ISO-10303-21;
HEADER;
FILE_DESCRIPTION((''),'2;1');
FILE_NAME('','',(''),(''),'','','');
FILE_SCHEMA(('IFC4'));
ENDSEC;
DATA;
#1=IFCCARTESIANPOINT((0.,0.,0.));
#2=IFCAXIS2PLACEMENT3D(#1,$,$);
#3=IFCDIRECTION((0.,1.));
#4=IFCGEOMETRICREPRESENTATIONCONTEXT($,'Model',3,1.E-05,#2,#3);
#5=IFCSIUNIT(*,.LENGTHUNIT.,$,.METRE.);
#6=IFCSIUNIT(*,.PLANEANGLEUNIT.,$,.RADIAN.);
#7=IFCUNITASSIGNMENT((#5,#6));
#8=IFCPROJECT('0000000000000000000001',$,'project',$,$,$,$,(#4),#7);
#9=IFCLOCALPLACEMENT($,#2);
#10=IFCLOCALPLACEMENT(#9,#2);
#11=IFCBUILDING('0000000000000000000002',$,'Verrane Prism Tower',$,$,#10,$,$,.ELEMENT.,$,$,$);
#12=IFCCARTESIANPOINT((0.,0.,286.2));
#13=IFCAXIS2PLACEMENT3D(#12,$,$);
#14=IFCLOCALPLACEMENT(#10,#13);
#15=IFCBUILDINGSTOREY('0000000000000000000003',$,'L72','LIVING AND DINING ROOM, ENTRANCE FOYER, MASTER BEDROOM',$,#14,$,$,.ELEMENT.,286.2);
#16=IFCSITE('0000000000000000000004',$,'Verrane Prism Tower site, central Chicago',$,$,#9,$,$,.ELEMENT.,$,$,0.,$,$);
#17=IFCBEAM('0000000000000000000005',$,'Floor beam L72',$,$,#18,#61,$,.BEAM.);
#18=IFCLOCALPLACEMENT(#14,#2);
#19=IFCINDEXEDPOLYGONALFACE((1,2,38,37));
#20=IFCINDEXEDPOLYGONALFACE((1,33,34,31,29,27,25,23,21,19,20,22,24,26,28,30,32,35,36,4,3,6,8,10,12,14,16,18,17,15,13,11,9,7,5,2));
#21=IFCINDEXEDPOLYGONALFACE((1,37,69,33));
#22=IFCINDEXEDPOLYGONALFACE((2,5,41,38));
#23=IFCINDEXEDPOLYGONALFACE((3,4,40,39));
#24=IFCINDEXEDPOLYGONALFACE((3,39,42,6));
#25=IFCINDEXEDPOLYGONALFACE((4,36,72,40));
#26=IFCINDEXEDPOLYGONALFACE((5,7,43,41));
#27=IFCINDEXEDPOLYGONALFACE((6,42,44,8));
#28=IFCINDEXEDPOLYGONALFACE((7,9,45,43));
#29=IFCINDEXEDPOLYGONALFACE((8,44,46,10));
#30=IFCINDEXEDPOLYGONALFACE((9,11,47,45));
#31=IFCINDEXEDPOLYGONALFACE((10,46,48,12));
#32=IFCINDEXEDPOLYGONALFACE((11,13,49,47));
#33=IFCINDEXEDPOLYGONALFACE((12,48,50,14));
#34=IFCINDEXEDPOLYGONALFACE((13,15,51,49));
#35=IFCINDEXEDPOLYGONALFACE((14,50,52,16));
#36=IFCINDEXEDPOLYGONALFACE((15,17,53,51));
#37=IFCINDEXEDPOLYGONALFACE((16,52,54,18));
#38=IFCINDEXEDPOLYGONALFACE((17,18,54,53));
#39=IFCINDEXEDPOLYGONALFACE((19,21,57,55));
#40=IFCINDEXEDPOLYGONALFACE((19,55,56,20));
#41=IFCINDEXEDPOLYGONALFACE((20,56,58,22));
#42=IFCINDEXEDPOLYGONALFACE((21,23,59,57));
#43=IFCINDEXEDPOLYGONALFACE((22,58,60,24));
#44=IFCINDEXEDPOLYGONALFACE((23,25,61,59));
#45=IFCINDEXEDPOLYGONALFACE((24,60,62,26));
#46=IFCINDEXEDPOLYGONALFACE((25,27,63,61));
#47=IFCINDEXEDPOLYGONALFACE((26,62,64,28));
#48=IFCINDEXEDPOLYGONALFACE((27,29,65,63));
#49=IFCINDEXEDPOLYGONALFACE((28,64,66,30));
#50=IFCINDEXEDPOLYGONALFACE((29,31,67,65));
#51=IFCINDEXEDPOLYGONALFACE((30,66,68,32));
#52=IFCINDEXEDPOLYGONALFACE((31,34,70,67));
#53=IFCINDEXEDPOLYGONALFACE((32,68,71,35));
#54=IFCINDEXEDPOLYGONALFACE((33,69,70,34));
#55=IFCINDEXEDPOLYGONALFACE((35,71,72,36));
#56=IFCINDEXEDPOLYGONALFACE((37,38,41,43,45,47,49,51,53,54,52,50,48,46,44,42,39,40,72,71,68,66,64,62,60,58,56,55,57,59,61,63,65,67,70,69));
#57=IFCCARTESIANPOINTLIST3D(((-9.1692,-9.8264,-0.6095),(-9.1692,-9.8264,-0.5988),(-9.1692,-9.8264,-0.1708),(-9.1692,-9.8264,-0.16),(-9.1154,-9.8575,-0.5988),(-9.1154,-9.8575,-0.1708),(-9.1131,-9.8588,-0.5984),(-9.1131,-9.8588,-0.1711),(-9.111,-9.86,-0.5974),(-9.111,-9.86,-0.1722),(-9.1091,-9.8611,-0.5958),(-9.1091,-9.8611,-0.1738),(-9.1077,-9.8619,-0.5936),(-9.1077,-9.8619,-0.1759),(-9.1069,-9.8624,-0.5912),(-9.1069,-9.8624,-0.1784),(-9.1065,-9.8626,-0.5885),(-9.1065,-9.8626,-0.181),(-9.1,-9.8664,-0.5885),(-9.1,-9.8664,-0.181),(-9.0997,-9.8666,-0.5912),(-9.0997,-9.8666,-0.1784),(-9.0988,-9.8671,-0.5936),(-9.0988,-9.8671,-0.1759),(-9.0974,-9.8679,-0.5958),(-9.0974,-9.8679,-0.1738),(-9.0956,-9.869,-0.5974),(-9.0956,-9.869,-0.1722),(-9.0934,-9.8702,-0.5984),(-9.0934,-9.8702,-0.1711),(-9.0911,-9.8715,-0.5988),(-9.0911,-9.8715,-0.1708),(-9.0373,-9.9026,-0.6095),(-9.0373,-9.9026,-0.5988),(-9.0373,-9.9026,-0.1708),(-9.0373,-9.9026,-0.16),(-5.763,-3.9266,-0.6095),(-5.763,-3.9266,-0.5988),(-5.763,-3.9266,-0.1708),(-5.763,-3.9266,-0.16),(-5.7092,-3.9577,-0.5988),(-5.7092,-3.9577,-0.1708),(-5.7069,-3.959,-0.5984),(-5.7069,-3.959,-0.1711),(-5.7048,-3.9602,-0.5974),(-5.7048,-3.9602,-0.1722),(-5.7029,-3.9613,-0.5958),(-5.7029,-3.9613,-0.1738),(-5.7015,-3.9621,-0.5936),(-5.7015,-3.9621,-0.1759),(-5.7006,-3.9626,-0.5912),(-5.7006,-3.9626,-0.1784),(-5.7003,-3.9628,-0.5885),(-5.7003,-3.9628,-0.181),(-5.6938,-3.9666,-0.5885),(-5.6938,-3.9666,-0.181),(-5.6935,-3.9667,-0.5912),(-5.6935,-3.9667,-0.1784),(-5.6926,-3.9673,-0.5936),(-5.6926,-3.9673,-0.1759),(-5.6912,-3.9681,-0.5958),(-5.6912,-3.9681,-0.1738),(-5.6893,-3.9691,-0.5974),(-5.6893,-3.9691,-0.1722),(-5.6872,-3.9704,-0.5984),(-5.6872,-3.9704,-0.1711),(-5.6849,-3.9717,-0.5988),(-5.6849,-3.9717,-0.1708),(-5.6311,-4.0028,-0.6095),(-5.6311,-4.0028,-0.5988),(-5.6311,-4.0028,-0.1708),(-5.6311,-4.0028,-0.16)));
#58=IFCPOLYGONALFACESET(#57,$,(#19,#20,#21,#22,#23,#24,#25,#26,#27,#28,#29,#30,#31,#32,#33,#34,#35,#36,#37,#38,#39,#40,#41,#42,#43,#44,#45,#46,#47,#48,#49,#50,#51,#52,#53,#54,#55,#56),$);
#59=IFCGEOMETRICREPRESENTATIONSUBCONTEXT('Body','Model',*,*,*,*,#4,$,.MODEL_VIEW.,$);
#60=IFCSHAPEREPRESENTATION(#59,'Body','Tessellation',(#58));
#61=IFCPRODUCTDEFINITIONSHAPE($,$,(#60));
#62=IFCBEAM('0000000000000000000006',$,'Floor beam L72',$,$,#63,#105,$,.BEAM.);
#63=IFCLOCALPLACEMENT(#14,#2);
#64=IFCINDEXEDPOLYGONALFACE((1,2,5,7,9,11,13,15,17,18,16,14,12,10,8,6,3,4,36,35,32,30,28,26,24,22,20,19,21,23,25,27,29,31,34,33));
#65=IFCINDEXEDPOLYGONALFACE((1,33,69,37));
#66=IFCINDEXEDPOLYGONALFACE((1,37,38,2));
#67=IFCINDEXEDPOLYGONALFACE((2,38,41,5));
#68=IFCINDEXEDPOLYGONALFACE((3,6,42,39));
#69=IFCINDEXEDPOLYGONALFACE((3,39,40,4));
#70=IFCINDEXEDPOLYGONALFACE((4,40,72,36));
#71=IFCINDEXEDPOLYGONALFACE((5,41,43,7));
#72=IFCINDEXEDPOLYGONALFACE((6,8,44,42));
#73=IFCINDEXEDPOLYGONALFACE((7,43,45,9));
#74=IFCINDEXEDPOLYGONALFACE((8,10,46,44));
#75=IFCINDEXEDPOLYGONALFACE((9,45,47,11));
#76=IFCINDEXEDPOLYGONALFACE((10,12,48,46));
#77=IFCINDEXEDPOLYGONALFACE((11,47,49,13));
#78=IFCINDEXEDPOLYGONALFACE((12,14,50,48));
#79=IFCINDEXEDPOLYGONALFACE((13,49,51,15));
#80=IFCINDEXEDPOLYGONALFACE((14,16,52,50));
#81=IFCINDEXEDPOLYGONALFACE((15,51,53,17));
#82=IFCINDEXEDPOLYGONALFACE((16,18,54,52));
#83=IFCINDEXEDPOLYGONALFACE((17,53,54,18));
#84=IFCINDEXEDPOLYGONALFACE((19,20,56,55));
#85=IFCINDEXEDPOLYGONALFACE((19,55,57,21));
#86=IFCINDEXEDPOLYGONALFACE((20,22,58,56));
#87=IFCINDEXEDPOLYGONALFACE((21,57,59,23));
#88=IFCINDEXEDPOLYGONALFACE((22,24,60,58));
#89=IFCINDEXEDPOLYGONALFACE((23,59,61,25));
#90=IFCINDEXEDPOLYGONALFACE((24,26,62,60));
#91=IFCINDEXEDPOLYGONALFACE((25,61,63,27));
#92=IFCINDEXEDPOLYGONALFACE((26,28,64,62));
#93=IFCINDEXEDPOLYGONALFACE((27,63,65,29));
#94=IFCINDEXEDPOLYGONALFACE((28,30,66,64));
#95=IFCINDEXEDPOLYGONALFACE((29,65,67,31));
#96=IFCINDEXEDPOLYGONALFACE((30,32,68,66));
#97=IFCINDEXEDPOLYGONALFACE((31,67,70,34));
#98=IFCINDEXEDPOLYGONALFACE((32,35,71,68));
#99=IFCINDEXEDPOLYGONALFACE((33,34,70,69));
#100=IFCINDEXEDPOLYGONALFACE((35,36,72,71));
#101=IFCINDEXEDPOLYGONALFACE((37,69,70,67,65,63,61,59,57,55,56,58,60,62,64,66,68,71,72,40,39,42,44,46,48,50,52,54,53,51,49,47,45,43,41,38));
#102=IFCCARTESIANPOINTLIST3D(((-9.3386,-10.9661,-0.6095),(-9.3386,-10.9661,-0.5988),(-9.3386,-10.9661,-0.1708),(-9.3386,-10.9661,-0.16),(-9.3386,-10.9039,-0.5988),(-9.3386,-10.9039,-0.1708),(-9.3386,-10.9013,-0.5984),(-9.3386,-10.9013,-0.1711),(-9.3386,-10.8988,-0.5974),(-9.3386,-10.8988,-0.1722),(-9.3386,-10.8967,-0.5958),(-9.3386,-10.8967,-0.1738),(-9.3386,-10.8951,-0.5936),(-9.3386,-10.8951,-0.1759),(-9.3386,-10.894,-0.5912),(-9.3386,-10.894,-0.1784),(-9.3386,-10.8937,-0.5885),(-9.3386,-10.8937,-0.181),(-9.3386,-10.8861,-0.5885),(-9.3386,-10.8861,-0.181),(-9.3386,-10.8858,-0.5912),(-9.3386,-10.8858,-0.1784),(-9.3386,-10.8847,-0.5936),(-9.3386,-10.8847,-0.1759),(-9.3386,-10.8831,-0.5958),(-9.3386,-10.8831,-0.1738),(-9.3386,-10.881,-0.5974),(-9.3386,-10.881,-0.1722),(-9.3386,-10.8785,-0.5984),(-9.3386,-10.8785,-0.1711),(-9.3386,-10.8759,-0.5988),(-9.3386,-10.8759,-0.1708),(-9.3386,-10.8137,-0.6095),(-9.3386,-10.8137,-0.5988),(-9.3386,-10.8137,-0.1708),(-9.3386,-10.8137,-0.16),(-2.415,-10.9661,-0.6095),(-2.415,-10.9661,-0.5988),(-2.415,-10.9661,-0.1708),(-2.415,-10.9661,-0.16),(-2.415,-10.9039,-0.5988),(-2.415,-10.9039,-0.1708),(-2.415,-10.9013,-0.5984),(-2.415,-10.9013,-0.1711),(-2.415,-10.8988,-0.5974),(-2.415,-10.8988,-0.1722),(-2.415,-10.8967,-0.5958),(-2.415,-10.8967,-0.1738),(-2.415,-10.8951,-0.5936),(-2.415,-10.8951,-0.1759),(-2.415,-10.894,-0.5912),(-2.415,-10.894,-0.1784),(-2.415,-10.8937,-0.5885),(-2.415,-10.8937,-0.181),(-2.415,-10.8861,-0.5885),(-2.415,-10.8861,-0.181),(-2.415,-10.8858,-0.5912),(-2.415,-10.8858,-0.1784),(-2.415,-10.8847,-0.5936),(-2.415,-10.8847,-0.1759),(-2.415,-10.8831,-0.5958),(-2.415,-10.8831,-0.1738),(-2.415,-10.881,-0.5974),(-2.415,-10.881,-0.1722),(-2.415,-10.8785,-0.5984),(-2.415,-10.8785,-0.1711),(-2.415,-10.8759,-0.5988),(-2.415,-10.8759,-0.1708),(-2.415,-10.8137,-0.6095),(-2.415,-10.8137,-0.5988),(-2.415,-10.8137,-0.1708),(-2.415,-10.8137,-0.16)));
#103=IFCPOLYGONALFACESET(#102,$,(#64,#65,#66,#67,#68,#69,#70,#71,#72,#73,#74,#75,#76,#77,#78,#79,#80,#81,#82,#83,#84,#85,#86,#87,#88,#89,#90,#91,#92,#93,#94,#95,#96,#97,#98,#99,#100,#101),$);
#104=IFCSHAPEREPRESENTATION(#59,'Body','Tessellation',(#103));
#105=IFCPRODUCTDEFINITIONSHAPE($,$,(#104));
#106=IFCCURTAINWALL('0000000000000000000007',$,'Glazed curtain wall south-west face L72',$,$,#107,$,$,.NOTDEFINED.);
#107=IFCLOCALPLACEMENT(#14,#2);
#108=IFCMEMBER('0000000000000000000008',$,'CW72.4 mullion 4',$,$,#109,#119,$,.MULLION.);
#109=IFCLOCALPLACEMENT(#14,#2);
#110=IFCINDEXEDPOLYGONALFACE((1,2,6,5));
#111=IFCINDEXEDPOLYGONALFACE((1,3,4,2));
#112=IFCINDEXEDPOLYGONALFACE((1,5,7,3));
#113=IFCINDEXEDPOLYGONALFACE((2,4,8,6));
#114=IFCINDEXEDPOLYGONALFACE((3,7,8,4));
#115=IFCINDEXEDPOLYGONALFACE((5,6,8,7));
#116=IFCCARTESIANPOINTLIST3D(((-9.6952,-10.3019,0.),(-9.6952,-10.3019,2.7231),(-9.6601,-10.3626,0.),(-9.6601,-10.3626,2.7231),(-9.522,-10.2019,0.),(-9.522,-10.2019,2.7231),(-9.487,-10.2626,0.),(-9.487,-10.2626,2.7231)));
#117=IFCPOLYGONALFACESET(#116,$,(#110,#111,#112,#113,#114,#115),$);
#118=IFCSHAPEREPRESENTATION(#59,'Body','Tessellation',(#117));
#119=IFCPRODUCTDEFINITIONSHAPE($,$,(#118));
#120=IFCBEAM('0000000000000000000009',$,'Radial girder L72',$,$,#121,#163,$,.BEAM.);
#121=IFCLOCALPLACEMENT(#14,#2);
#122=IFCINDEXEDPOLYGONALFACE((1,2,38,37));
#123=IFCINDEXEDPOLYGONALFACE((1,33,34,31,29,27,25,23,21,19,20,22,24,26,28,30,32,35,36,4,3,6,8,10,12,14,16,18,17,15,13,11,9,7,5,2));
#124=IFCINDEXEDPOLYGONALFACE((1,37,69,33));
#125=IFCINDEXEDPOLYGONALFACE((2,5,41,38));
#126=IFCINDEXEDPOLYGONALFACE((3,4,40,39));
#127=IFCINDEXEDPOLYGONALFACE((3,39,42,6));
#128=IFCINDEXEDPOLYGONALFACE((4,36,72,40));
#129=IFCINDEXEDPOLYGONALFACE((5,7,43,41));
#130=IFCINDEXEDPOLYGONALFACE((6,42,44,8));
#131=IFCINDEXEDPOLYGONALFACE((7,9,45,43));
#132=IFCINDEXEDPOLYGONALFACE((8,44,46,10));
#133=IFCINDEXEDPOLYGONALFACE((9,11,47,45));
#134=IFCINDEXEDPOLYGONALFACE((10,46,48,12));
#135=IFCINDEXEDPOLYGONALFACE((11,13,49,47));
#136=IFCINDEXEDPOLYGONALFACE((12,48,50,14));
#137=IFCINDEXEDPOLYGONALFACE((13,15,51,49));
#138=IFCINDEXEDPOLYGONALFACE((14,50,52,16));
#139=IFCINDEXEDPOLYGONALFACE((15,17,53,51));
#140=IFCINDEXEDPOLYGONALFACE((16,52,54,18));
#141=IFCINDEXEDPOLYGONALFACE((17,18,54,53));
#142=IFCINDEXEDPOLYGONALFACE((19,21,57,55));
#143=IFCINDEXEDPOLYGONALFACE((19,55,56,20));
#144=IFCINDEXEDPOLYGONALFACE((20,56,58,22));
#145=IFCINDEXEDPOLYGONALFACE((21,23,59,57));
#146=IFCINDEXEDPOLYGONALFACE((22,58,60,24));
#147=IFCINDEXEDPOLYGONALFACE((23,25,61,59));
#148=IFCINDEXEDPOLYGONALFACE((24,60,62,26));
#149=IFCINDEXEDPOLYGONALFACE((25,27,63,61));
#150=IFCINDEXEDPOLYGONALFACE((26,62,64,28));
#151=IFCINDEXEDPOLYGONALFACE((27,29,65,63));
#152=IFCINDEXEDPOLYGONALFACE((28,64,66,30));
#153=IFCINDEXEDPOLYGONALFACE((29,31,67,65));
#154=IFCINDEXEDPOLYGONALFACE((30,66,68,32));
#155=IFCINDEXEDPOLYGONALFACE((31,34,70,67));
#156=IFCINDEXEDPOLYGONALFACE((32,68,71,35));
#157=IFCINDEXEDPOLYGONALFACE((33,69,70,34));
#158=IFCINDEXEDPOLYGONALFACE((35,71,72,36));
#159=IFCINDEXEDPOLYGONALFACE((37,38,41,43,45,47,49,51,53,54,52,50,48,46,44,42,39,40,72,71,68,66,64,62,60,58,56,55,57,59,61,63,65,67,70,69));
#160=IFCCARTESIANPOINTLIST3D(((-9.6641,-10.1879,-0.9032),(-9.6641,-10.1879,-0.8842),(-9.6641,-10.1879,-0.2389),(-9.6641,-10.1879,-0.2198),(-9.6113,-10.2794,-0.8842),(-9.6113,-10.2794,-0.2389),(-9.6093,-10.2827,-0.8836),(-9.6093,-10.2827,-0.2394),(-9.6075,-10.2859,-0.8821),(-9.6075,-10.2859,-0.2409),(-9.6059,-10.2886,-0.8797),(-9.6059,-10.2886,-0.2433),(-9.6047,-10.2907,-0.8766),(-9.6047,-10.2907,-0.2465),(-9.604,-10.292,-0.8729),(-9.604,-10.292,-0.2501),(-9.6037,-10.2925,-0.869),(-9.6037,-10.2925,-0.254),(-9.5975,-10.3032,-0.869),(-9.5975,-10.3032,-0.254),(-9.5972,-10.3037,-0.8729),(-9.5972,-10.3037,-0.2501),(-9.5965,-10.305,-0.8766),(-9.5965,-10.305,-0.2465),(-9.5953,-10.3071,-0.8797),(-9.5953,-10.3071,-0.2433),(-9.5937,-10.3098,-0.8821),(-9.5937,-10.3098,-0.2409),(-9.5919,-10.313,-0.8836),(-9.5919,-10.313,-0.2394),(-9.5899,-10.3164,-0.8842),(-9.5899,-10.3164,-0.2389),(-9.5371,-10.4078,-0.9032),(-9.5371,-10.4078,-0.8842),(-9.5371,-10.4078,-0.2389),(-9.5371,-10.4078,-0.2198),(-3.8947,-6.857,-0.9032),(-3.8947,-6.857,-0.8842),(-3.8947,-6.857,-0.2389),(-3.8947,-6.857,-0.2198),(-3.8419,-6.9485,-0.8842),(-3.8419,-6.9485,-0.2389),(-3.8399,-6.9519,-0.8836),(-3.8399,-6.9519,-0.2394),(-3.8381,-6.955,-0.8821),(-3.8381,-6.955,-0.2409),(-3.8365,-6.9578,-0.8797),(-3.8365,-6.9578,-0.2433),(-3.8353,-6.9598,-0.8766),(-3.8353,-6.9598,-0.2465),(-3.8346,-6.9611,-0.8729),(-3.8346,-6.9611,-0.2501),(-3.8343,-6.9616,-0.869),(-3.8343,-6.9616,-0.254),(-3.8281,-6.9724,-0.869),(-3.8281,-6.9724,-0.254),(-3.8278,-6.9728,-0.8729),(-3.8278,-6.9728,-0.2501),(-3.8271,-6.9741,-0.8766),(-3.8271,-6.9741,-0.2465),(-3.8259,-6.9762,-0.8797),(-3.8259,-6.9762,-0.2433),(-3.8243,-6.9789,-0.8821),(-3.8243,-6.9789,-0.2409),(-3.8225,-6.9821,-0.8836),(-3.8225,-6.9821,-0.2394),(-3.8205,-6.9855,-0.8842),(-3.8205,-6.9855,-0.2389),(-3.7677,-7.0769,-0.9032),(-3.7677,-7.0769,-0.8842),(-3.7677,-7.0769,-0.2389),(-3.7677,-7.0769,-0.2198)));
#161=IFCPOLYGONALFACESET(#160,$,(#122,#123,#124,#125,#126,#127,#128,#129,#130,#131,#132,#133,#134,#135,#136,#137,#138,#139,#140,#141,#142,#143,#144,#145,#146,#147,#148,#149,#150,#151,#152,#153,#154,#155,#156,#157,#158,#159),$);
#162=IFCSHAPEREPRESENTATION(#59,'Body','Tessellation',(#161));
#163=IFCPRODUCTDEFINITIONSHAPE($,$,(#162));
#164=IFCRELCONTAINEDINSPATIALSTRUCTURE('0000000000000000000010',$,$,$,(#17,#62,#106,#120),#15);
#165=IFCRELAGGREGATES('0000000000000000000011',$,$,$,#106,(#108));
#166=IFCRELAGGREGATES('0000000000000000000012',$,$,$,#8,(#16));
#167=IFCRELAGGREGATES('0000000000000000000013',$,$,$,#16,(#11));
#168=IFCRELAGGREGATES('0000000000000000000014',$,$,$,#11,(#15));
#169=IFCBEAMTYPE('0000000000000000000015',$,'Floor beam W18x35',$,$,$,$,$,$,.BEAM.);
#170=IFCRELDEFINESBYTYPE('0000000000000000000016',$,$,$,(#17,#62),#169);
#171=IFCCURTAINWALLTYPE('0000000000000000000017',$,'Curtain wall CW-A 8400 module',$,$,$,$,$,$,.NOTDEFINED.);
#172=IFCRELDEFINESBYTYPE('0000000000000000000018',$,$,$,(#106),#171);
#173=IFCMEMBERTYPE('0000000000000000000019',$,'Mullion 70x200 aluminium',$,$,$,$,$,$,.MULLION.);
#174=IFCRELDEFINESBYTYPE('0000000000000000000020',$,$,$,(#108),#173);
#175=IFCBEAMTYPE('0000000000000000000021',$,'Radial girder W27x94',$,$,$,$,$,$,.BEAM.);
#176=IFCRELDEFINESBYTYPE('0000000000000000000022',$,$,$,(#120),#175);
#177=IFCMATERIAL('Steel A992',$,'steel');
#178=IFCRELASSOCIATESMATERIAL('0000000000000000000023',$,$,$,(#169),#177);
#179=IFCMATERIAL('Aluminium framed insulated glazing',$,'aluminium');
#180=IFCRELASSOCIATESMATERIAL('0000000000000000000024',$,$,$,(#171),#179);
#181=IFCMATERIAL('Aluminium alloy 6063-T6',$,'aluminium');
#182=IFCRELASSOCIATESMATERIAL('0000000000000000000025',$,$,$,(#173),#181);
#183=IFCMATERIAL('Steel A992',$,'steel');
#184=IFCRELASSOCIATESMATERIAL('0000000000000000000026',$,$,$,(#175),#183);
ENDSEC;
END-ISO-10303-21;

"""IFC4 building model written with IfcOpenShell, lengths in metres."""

from ifc_helpers import new_model, si_unit, direction, frame, origin, origin_2d, place, context, subcontext, project, spatial, rectangle, i_section, extrude, material, material_profile, profile_set, type_object, element, aggregate, save


model = new_model("IFC4")

# Units and contexts
model_context = context("Model", 3, precision=1e-05, world=origin(), true_north=direction((0.0, 1.0)))
body_context = subcontext(model_context, "Body", "Model", "MODEL_VIEW")
ifc_project = project(units=[si_unit("LENGTHUNIT", "METRE"), si_unit("PLANEANGLEUNIT", "RADIAN")], contexts=[model_context])

# Site, building, storey
site_placement = place(None, origin())
site = spatial("IfcSite", under=ifc_project, at=site_placement, Name="Verrane Prism Tower site, central Chicago", CompositionType="ELEMENT", RefElevation=0.0)
building_placement = place(site_placement, origin())
building = spatial("IfcBuilding", under=site, at=building_placement, Name="Verrane Prism Tower", CompositionType="ELEMENT")
storey_placement = place(building_placement, frame((0.0, 0.0, 286.2)))
storey = spatial("IfcBuildingStorey", under=building, at=storey_placement, Name="L72", Description="LIVING AND DINING ROOM, ENTRANCE FOYER, MASTER BEDROOM", CompositionType="ELEMENT", Elevation=286.2)

# Beams
ifc_material_1 = material(Name="Steel A992", Category="steel")
ifc_material_profile_1 = material_profile(ifc_material_1, i_section(OverallWidth=0.1523, OverallDepth=0.4495, WebThickness=0.0076, FlangeThickness=0.0107, FilletRadius=0.0103, at=origin_2d()), Name="W18x35")
ifc_profile_set_1 = profile_set([ifc_material_profile_1], Name="Steel A992")
beam_type_1 = type_object("IfcBeamType", Name="Floor beam W18x35", PredefinedType="BEAM", material=ifc_profile_set_1)
beam_1_placement = place(storey_placement, frame((-9.1033, -9.8645, -0.3848), z_axis=(0.499993, 0.866029, 0.0), x_axis=(-0.866029, 0.499993, 0.0)))
element("IfcBeam", 1, at=beam_1_placement, inside=storey, type_object=beam_type_1, Name="Floor beam L72", PredefinedType="BEAM", context=body_context, shape_type="SweptSolid", body=[
    extrude(i_section(OverallWidth=0.1523, OverallDepth=0.4495, WebThickness=0.0076, FlangeThickness=0.0107, FilletRadius=0.0103, at=origin_2d()), origin(), (0.0, 0.0, 1.0), 6.8125),
])
beam_2_placement = place(storey_placement, frame((-9.3386, -10.8899, -0.3848), z_axis=(1.0, 0.0, 0.0), x_axis=(0.0, 1.0, 0.0)))
element("IfcBeam", 2, at=beam_2_placement, inside=storey, type_object=beam_type_1, Name="Floor beam L72", PredefinedType="BEAM", context=body_context, shape_type="SweptSolid", body=[
    extrude(i_section(OverallWidth=0.1523, OverallDepth=0.4495, WebThickness=0.0076, FlangeThickness=0.0107, FilletRadius=0.0103, at=origin_2d()), origin(), (0.0, 0.0, 1.0), 6.9236),
])

# Curtain wall, member
ifc_material_2 = material(Name="Aluminium framed insulated glazing", Category="aluminium")
curtain_wall_type = type_object("IfcCurtainWallType", Name="Curtain wall CW-A 8400 module", PredefinedType="NOTDEFINED", material=ifc_material_2)
curtain_wall_placement = place(storey_placement, origin())
curtain_wall = element("IfcCurtainWall", 3, at=curtain_wall_placement, inside=storey, type_object=curtain_wall_type, Name="Glazed curtain wall south-west face L72", PredefinedType="NOTDEFINED")
ifc_material_3 = material(Name="Aluminium alloy 6063-T6", Category="aluminium")
ifc_material_profile_2 = material_profile(ifc_material_3, rectangle(XDim=0.2, YDim=0.0701, at=origin_2d()), Name="Mullion 70x200 aluminium")
ifc_profile_set_2 = profile_set([ifc_material_profile_2], Name="Aluminium alloy 6063-T6")
member_type_1 = type_object("IfcMemberType", Name="Mullion 70x200 aluminium", PredefinedType="MULLION", material=ifc_profile_set_2)
member_1_placement = place(storey_placement, frame((-9.5911, -10.2822, 0.0), z_axis=(0.0, 0.0, 1.0), x_axis=(0.866025, 0.500001, 0.0)))
member_1 = element("IfcMember", 4, at=member_1_placement, type_object=member_type_1, Name="CW72.4 mullion 4", PredefinedType="MULLION", context=body_context, shape_type="SweptSolid", body=[
    extrude(rectangle(XDim=0.2, YDim=0.0701, at=origin_2d()), origin(), (0.0, 0.0, 1.0), 2.7231),
])

# Beam
ifc_material_4 = material(Name="Steel A992", Category="steel")
ifc_material_profile_3 = material_profile(ifc_material_4, i_section(OverallWidth=0.2539, OverallDepth=0.6833, WebThickness=0.0125, FlangeThickness=0.019, FilletRadius=0.0151, at=origin_2d()), Name="W27x94")
ifc_profile_set_3 = profile_set([ifc_material_profile_3], Name="Steel A992")
beam_type_2 = type_object("IfcBeamType", Name="Radial girder W27x94", PredefinedType="BEAM", material=ifc_profile_set_3)
beam_3_placement = place(storey_placement, frame((-9.6006, -10.2979, -0.5615), z_axis=(0.866031, 0.49999, 0.0), x_axis=(-0.49999, 0.866031, 0.0)))
element("IfcBeam", 5, at=beam_3_placement, inside=storey, type_object=beam_type_2, Name="Radial girder L72", PredefinedType="BEAM", context=body_context, shape_type="SweptSolid", body=[
    extrude(i_section(OverallWidth=0.2539, OverallDepth=0.6833, WebThickness=0.0125, FlangeThickness=0.019, FilletRadius=0.0151, at=origin_2d()), origin(), (0.0, 0.0, 1.0), 6.6619),
])

aggregate(curtain_wall, [member_1])

save(model, "model.ifc")
